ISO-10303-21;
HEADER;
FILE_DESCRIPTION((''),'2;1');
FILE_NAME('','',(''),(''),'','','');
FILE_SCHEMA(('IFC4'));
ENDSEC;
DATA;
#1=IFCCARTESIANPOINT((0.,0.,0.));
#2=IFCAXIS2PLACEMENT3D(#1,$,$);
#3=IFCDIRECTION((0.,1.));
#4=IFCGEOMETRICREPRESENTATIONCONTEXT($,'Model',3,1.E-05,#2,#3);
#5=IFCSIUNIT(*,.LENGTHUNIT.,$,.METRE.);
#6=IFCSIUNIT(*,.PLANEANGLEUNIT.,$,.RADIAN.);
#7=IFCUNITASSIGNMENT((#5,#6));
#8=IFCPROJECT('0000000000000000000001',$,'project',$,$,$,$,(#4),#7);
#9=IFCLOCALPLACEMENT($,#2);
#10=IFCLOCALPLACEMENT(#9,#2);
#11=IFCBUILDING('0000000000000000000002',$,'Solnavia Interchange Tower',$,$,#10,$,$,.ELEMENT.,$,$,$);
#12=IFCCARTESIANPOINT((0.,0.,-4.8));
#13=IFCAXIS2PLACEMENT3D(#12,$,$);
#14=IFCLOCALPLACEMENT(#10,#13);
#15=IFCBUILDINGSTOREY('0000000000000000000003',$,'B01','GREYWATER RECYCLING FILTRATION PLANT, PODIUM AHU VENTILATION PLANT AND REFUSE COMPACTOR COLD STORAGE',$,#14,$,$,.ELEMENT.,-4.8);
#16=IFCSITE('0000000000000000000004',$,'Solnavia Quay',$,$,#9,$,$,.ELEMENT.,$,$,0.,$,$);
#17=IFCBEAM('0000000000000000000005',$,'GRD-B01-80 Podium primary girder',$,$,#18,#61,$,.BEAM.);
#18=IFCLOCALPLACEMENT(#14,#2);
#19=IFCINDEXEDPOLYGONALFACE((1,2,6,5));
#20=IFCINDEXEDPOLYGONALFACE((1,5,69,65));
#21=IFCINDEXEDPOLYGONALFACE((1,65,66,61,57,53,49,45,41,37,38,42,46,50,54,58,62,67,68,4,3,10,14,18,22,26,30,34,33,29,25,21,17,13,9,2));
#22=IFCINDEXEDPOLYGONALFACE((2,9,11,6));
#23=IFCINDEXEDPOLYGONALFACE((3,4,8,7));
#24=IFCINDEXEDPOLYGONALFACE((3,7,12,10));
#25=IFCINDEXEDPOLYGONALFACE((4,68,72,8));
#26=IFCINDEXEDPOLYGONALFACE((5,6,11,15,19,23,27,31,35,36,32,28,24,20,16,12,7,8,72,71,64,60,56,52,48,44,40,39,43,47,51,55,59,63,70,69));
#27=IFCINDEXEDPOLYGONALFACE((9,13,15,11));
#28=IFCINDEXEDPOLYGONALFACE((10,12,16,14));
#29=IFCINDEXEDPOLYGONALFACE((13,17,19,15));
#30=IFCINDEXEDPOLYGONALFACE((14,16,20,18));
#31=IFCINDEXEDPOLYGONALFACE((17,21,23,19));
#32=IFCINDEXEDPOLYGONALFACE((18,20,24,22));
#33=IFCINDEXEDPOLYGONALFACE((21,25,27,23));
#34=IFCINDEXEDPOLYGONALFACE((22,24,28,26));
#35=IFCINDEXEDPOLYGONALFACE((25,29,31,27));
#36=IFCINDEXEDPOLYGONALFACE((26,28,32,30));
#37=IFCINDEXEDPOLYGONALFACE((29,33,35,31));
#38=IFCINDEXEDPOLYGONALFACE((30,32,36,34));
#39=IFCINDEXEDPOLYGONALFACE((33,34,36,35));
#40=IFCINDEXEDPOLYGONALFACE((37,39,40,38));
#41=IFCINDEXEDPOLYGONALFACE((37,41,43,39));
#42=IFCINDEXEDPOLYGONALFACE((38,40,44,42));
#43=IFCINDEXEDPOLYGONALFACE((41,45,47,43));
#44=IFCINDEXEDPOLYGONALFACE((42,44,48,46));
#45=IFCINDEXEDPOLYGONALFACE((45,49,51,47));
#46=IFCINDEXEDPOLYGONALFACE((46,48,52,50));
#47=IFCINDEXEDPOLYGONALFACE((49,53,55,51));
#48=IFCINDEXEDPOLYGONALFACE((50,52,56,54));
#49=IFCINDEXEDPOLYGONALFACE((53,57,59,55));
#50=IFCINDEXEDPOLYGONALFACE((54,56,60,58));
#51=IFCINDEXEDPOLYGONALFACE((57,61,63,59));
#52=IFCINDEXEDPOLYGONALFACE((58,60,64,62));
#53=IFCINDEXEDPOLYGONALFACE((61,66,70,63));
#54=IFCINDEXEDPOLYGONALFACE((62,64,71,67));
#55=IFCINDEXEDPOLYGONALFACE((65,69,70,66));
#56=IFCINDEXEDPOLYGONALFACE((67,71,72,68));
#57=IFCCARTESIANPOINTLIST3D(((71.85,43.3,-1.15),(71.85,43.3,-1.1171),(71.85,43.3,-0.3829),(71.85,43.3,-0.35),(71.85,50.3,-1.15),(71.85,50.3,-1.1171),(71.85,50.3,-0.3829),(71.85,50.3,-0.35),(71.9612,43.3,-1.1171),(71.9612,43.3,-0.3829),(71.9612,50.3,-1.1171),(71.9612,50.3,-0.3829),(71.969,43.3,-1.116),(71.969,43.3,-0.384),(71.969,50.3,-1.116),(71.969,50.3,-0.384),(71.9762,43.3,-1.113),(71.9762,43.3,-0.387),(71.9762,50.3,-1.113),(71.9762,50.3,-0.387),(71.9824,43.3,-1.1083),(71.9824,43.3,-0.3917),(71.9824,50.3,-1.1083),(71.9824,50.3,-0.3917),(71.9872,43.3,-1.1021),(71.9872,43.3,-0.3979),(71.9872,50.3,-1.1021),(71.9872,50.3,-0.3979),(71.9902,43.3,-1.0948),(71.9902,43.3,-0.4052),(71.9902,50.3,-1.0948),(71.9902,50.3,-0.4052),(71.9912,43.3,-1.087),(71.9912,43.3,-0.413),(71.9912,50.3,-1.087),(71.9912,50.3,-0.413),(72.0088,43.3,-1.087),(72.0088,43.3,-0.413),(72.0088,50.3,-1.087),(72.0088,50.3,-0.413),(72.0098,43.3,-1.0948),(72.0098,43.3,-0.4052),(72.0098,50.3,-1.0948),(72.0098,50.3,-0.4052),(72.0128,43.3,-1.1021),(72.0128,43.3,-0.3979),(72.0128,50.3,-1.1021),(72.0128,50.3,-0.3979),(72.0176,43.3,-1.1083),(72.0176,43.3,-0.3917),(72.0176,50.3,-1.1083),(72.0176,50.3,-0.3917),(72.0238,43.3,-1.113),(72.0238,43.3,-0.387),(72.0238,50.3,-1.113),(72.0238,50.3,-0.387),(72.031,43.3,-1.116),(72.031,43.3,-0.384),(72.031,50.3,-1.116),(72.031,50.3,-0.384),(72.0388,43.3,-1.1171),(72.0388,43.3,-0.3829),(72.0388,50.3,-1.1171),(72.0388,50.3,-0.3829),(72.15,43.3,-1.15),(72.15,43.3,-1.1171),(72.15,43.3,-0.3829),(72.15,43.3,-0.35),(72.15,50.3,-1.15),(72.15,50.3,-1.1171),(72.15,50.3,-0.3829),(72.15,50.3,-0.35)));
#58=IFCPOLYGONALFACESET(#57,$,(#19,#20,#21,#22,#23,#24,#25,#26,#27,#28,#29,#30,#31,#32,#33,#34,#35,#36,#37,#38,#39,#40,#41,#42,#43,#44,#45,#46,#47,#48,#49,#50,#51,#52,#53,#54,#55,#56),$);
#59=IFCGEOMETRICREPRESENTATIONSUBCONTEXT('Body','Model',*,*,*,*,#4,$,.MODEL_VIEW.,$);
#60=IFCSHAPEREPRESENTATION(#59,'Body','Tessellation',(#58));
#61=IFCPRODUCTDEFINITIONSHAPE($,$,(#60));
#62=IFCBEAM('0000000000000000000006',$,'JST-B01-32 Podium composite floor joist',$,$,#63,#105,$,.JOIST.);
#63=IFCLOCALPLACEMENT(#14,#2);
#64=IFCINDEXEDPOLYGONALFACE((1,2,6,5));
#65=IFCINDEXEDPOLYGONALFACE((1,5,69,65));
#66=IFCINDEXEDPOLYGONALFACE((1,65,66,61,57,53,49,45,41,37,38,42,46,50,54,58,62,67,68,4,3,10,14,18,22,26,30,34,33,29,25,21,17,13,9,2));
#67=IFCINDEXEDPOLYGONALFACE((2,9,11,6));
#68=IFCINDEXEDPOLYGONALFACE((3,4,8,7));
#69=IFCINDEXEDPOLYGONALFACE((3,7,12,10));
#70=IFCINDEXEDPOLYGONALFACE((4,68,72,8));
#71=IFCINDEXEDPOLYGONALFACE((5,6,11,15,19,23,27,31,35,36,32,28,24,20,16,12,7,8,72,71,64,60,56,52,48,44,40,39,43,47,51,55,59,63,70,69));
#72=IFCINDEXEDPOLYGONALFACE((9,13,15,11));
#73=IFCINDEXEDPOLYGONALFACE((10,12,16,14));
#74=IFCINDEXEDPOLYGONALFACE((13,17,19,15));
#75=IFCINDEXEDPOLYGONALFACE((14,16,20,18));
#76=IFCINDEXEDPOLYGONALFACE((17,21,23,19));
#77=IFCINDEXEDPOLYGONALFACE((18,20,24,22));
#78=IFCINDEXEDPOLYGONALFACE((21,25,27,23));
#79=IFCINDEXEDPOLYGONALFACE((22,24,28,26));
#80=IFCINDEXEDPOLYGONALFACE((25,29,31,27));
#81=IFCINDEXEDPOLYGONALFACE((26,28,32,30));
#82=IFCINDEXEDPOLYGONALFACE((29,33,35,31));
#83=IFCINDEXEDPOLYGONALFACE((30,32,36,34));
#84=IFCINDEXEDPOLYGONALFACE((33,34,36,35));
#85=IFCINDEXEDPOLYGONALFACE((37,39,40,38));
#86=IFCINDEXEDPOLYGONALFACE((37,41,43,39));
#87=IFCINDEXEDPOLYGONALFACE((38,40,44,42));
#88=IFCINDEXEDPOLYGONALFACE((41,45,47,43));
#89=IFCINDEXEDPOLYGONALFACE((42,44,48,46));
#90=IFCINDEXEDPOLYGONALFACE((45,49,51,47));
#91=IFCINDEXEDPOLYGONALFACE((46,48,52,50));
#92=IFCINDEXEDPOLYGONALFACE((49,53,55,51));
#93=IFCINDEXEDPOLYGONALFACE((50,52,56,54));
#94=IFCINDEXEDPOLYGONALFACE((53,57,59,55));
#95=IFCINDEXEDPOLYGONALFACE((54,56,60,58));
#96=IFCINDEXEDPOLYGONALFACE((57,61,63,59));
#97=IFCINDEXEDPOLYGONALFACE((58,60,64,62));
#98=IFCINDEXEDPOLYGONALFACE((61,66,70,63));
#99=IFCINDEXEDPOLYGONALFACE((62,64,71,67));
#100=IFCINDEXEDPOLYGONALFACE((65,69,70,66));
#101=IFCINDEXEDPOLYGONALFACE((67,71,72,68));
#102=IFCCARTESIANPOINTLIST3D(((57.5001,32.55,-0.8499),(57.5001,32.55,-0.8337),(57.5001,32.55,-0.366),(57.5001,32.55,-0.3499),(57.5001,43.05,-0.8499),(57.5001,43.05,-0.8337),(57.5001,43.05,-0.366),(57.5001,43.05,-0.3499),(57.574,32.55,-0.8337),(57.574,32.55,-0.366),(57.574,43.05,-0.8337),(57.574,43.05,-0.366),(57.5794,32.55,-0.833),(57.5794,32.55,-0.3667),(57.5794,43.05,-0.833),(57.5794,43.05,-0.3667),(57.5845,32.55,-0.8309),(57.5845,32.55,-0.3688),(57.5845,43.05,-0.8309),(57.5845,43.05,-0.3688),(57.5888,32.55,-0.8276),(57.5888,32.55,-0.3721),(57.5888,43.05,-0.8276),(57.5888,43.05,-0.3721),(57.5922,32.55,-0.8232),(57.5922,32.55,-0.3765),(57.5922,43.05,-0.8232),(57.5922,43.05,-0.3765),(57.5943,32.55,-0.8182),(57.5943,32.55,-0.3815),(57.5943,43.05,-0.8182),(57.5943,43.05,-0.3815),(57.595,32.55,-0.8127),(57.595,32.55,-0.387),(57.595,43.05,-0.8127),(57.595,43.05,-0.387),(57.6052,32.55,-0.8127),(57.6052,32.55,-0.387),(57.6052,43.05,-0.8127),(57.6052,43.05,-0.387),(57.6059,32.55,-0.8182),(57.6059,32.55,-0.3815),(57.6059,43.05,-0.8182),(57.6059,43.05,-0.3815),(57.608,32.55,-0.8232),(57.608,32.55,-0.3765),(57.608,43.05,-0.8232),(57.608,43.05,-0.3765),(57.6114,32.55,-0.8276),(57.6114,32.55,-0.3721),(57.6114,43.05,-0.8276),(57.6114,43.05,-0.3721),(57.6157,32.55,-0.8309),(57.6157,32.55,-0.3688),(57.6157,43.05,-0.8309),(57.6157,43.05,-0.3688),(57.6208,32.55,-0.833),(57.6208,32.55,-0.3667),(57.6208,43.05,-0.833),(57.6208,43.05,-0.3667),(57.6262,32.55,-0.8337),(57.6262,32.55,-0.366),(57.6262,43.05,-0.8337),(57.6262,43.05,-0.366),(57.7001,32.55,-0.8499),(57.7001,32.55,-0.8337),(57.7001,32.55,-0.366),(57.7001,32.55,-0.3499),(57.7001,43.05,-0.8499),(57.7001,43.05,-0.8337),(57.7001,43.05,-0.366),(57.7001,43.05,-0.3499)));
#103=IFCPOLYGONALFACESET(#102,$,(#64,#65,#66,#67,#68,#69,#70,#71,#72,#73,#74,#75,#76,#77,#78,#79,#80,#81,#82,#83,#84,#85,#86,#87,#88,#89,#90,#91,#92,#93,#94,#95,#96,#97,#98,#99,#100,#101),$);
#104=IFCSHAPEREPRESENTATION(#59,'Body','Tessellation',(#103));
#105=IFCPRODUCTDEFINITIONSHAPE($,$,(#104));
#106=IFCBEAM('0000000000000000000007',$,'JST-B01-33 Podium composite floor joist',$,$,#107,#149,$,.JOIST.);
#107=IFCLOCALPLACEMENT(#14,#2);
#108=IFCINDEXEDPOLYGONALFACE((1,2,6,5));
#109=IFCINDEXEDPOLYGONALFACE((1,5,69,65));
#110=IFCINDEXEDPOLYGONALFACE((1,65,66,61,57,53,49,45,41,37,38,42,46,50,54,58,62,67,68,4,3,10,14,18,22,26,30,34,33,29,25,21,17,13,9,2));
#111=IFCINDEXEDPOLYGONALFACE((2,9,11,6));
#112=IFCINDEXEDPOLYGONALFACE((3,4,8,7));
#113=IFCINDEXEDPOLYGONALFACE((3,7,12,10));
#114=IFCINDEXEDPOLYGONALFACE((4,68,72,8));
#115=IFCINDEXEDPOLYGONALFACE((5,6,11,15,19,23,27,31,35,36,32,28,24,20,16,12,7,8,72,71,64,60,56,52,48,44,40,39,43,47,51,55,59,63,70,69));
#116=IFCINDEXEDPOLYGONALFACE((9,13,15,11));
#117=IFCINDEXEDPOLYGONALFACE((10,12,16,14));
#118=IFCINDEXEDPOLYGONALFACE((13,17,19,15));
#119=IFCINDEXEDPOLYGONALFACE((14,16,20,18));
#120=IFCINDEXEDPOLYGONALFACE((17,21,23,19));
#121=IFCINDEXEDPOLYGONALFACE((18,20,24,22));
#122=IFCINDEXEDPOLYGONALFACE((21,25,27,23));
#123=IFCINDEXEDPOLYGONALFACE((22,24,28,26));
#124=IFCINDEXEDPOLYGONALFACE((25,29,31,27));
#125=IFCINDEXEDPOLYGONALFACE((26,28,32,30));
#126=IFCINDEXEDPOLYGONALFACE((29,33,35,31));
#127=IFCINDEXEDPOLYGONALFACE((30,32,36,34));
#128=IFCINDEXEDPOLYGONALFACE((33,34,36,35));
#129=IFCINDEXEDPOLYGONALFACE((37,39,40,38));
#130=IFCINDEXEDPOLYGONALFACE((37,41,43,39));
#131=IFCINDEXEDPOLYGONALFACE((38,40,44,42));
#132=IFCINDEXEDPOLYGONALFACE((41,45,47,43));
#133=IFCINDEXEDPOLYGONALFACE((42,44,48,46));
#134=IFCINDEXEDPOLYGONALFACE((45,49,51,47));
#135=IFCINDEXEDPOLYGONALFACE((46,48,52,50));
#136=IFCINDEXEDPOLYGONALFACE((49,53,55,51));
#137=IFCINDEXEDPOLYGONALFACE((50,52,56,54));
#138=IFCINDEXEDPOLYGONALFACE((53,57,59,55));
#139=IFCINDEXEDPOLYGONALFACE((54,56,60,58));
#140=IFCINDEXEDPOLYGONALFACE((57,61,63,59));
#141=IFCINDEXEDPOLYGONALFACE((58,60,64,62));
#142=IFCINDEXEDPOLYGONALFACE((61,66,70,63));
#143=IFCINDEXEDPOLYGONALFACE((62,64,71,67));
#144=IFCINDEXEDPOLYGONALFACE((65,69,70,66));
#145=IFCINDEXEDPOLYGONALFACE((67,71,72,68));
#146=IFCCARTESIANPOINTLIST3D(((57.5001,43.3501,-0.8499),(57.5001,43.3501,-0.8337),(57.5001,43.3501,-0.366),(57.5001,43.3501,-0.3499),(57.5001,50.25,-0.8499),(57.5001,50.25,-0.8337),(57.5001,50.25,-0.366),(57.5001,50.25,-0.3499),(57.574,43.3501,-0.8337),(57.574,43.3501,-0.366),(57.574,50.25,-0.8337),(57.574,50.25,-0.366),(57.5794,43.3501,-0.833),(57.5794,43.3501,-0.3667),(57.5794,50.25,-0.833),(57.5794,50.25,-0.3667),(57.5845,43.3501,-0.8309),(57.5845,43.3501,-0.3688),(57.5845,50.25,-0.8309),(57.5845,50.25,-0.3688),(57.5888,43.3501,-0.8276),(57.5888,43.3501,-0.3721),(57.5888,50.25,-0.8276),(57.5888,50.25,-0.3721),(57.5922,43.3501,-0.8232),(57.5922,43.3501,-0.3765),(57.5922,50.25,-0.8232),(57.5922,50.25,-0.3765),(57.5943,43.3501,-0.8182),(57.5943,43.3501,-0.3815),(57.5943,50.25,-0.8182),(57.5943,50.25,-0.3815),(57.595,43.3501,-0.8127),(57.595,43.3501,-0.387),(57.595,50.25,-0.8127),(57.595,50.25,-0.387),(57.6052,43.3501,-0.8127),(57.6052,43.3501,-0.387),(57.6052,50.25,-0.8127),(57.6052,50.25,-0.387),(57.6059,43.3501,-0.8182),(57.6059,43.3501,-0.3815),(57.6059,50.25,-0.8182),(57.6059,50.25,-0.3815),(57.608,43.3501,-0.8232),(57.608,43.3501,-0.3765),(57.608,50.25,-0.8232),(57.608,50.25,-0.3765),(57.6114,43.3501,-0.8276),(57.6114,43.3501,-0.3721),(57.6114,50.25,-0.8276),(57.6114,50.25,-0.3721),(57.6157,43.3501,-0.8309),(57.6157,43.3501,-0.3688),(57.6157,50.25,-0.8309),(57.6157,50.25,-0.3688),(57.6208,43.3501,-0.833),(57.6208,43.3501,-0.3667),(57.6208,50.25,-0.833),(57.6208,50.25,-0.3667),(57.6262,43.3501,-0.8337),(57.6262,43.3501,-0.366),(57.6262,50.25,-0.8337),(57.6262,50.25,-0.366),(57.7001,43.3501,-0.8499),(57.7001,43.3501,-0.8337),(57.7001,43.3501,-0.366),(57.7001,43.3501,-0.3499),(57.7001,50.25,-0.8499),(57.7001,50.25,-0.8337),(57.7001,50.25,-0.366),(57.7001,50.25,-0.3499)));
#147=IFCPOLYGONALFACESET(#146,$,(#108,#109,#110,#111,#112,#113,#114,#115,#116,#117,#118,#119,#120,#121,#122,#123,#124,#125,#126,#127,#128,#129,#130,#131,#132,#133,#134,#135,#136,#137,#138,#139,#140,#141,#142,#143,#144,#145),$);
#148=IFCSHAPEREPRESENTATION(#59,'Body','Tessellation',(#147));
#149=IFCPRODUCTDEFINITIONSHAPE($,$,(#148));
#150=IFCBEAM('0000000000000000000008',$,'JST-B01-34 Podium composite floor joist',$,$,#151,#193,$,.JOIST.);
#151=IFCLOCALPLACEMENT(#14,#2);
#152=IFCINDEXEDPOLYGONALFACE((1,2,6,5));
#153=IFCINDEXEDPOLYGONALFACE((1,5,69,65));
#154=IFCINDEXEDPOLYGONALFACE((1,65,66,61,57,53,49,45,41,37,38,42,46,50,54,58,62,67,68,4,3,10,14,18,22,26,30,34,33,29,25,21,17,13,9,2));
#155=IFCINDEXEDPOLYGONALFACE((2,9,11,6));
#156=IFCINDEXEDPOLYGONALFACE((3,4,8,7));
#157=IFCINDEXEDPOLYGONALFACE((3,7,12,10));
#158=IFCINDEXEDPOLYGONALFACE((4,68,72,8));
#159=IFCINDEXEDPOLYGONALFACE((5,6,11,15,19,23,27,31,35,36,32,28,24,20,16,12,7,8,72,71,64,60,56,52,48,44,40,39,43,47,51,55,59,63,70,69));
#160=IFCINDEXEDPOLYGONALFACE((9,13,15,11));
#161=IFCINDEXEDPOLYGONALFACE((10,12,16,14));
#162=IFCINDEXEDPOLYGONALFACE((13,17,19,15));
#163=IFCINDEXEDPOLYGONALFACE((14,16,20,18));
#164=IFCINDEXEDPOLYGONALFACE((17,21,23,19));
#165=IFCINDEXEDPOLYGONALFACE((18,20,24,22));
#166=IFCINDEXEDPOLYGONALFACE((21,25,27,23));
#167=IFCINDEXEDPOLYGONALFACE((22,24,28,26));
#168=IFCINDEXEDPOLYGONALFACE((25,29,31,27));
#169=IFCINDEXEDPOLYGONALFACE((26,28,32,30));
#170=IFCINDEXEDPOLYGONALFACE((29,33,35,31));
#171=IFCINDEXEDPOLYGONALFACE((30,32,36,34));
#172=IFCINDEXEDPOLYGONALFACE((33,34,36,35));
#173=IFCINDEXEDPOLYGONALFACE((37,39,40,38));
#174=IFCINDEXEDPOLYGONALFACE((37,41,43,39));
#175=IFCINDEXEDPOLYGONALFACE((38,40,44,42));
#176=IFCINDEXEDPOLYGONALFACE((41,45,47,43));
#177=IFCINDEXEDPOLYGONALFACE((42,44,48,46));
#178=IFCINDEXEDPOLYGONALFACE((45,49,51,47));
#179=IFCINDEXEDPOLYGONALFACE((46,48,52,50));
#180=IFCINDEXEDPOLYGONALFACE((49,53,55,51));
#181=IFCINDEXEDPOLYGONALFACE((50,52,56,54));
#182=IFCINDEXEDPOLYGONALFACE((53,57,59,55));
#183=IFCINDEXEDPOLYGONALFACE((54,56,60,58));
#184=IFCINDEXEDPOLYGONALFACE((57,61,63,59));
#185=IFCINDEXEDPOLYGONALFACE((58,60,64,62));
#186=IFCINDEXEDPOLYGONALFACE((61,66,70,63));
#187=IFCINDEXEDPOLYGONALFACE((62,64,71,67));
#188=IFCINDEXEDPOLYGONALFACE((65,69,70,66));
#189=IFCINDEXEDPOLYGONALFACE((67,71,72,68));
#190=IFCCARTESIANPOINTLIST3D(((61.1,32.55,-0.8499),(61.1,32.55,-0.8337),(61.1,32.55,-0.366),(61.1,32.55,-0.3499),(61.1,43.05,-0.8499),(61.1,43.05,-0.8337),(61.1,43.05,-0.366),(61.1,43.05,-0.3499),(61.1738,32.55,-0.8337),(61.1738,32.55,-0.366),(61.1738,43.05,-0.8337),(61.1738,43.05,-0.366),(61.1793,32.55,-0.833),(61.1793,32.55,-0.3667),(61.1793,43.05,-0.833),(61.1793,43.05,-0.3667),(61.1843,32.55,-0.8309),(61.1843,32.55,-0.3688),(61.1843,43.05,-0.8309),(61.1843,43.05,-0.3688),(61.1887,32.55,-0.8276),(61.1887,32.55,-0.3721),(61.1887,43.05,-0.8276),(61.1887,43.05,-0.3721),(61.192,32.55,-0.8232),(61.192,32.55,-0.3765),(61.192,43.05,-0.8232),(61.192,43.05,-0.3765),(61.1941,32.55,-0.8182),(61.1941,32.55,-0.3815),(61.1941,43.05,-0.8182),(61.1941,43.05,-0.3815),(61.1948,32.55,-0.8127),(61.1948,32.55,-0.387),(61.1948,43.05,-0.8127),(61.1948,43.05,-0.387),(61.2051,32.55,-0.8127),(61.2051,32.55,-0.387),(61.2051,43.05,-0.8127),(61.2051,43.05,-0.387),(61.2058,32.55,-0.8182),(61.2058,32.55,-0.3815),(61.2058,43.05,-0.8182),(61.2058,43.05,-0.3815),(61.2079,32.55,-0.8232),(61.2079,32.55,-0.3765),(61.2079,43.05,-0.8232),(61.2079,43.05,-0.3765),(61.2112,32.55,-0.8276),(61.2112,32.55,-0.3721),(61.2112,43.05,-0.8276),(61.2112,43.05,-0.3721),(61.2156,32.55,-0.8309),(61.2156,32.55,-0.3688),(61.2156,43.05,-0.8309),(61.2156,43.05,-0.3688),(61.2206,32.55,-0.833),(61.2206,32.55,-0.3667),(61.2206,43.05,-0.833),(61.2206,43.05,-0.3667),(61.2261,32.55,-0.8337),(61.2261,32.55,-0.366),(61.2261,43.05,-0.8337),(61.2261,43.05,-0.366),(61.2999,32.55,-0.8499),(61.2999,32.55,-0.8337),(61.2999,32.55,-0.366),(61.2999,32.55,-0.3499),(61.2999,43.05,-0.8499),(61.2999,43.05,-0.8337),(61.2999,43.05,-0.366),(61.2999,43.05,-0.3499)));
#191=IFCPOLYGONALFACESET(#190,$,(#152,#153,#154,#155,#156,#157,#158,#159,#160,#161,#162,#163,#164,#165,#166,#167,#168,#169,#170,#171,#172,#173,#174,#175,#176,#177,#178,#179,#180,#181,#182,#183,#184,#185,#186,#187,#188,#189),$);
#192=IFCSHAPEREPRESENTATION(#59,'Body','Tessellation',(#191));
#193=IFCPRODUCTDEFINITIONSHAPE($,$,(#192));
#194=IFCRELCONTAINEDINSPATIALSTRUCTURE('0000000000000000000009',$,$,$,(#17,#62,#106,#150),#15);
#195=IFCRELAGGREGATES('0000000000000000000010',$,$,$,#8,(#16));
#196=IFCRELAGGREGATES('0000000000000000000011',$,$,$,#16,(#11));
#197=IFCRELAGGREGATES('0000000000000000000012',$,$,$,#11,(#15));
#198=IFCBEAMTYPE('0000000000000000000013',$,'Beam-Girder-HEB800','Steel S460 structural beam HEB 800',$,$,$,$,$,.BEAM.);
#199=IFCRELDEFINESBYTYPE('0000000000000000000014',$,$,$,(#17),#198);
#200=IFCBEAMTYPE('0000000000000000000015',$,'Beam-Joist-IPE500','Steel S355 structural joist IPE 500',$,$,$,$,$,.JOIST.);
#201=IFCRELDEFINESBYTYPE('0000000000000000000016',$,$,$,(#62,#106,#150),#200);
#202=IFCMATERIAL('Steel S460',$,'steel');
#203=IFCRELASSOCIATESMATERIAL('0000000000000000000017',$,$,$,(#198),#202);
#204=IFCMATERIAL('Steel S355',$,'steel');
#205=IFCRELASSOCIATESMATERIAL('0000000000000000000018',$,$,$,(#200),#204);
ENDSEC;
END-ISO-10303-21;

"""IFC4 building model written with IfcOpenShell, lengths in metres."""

from ifc_helpers import new_model, si_unit, direction, frame, origin, origin_2d, place, context, subcontext, project, spatial, i_section, extrude, material, material_profile, profile_set, type_object, element, save


model = new_model("IFC4")

# Units and contexts
model_context = context("Model", 3, precision=1e-05, world=origin(), true_north=direction((0.0, 1.0)))
body_context = subcontext(model_context, "Body", "Model", "MODEL_VIEW")
ifc_project = project(units=[si_unit("LENGTHUNIT", "METRE"), si_unit("PLANEANGLEUNIT", "RADIAN")], contexts=[model_context])

# Site, building, storey
site_placement = place(None, origin())
site = spatial("IfcSite", under=ifc_project, at=site_placement, Name="Solnavia Quay", CompositionType="ELEMENT", RefElevation=0.0)
building_placement = place(site_placement, origin())
building = spatial("IfcBuilding", under=site, at=building_placement, Name="Solnavia Interchange Tower", CompositionType="ELEMENT")
storey_placement = place(building_placement, frame((0.0, 0.0, -4.8)))
storey = spatial("IfcBuildingStorey", under=building, at=storey_placement, Name="B01", Description="GREYWATER RECYCLING FILTRATION PLANT, PODIUM AHU VENTILATION PLANT AND REFUSE COMPACTOR COLD STORAGE", CompositionType="ELEMENT", Elevation=-4.8)

# Beams
ifc_material_1 = material(Name="Steel S460", Category="steel")
ifc_material_profile_1 = material_profile(ifc_material_1, i_section(OverallWidth=0.3, OverallDepth=0.8, WebThickness=0.0176, FlangeThickness=0.033, FilletRadius=0.03, at=origin_2d()), Name="HEB 800")
ifc_profile_set_1 = profile_set([ifc_material_profile_1], Name="Steel S460")
beam_type_1 = type_object("IfcBeamType", Name="Beam-Girder-HEB800", Description="Steel S460 structural beam HEB 800", PredefinedType="BEAM", material=ifc_profile_set_1)
beam_1_placement = place(storey_placement, frame((72.0, 43.3, -0.75), z_axis=(0.0, 1.0, 0.0), x_axis=(-1.0, 0.0, 0.0)))
element("IfcBeam", 1, at=beam_1_placement, inside=storey, type_object=beam_type_1, Name="GRD-B01-80 Podium primary girder", PredefinedType="BEAM", context=body_context, shape_type="SweptSolid", body=[
    extrude(i_section(OverallWidth=0.3, OverallDepth=0.8, WebThickness=0.0176, FlangeThickness=0.033, FilletRadius=0.03, at=origin_2d()), origin(), (0.0, 0.0, 1.0), 7.0),
])
ifc_material_2 = material(Name="Steel S355", Category="steel")
ifc_material_profile_2 = material_profile(ifc_material_2, i_section(OverallWidth=0.2, OverallDepth=0.5, WebThickness=0.0103, FlangeThickness=0.0161, FilletRadius=0.021, at=origin_2d()), Name="IPE 500")
ifc_profile_set_2 = profile_set([ifc_material_profile_2], Name="Steel S355")
beam_type_2 = type_object("IfcBeamType", Name="Beam-Joist-IPE500", Description="Steel S355 structural joist IPE 500", PredefinedType="JOIST", material=ifc_profile_set_2)
beam_2_placement = place(storey_placement, frame((57.6001, 32.55, -0.5999), z_axis=(0.0, 1.0, 0.0), x_axis=(-1.0, 0.0, 0.0)))
element("IfcBeam", 2, at=beam_2_placement, inside=storey, type_object=beam_type_2, Name="JST-B01-32 Podium composite floor joist", PredefinedType="JOIST", context=body_context, shape_type="SweptSolid", body=[
    extrude(i_section(OverallWidth=0.2, OverallDepth=0.5, WebThickness=0.0103, FlangeThickness=0.0161, FilletRadius=0.021, at=origin_2d()), origin(), (0.0, 0.0, 1.0), 10.5),
])
beam_3_placement = place(storey_placement, frame((57.6001, 43.3501, -0.5999), z_axis=(0.0, 1.0, 0.0), x_axis=(-1.0, 0.0, 0.0)))
element("IfcBeam", 3, at=beam_3_placement, inside=storey, type_object=beam_type_2, Name="JST-B01-33 Podium composite floor joist", PredefinedType="JOIST", context=body_context, shape_type="SweptSolid", body=[
    extrude(i_section(OverallWidth=0.2, OverallDepth=0.5, WebThickness=0.0103, FlangeThickness=0.0161, FilletRadius=0.021, at=origin_2d()), origin(), (0.0, 0.0, 1.0), 6.8999),
])
beam_4_placement = place(storey_placement, frame((61.2, 32.55, -0.5999), z_axis=(0.0, 1.0, 0.0), x_axis=(-1.0, 0.0, 0.0)))
element("IfcBeam", 4, at=beam_4_placement, inside=storey, type_object=beam_type_2, Name="JST-B01-34 Podium composite floor joist", PredefinedType="JOIST", context=body_context, shape_type="SweptSolid", body=[
    extrude(i_section(OverallWidth=0.2, OverallDepth=0.5, WebThickness=0.0103, FlangeThickness=0.0161, FilletRadius=0.021, at=origin_2d()), origin(), (0.0, 0.0, 1.0), 10.5),
])

save(model, "model.ifc")
